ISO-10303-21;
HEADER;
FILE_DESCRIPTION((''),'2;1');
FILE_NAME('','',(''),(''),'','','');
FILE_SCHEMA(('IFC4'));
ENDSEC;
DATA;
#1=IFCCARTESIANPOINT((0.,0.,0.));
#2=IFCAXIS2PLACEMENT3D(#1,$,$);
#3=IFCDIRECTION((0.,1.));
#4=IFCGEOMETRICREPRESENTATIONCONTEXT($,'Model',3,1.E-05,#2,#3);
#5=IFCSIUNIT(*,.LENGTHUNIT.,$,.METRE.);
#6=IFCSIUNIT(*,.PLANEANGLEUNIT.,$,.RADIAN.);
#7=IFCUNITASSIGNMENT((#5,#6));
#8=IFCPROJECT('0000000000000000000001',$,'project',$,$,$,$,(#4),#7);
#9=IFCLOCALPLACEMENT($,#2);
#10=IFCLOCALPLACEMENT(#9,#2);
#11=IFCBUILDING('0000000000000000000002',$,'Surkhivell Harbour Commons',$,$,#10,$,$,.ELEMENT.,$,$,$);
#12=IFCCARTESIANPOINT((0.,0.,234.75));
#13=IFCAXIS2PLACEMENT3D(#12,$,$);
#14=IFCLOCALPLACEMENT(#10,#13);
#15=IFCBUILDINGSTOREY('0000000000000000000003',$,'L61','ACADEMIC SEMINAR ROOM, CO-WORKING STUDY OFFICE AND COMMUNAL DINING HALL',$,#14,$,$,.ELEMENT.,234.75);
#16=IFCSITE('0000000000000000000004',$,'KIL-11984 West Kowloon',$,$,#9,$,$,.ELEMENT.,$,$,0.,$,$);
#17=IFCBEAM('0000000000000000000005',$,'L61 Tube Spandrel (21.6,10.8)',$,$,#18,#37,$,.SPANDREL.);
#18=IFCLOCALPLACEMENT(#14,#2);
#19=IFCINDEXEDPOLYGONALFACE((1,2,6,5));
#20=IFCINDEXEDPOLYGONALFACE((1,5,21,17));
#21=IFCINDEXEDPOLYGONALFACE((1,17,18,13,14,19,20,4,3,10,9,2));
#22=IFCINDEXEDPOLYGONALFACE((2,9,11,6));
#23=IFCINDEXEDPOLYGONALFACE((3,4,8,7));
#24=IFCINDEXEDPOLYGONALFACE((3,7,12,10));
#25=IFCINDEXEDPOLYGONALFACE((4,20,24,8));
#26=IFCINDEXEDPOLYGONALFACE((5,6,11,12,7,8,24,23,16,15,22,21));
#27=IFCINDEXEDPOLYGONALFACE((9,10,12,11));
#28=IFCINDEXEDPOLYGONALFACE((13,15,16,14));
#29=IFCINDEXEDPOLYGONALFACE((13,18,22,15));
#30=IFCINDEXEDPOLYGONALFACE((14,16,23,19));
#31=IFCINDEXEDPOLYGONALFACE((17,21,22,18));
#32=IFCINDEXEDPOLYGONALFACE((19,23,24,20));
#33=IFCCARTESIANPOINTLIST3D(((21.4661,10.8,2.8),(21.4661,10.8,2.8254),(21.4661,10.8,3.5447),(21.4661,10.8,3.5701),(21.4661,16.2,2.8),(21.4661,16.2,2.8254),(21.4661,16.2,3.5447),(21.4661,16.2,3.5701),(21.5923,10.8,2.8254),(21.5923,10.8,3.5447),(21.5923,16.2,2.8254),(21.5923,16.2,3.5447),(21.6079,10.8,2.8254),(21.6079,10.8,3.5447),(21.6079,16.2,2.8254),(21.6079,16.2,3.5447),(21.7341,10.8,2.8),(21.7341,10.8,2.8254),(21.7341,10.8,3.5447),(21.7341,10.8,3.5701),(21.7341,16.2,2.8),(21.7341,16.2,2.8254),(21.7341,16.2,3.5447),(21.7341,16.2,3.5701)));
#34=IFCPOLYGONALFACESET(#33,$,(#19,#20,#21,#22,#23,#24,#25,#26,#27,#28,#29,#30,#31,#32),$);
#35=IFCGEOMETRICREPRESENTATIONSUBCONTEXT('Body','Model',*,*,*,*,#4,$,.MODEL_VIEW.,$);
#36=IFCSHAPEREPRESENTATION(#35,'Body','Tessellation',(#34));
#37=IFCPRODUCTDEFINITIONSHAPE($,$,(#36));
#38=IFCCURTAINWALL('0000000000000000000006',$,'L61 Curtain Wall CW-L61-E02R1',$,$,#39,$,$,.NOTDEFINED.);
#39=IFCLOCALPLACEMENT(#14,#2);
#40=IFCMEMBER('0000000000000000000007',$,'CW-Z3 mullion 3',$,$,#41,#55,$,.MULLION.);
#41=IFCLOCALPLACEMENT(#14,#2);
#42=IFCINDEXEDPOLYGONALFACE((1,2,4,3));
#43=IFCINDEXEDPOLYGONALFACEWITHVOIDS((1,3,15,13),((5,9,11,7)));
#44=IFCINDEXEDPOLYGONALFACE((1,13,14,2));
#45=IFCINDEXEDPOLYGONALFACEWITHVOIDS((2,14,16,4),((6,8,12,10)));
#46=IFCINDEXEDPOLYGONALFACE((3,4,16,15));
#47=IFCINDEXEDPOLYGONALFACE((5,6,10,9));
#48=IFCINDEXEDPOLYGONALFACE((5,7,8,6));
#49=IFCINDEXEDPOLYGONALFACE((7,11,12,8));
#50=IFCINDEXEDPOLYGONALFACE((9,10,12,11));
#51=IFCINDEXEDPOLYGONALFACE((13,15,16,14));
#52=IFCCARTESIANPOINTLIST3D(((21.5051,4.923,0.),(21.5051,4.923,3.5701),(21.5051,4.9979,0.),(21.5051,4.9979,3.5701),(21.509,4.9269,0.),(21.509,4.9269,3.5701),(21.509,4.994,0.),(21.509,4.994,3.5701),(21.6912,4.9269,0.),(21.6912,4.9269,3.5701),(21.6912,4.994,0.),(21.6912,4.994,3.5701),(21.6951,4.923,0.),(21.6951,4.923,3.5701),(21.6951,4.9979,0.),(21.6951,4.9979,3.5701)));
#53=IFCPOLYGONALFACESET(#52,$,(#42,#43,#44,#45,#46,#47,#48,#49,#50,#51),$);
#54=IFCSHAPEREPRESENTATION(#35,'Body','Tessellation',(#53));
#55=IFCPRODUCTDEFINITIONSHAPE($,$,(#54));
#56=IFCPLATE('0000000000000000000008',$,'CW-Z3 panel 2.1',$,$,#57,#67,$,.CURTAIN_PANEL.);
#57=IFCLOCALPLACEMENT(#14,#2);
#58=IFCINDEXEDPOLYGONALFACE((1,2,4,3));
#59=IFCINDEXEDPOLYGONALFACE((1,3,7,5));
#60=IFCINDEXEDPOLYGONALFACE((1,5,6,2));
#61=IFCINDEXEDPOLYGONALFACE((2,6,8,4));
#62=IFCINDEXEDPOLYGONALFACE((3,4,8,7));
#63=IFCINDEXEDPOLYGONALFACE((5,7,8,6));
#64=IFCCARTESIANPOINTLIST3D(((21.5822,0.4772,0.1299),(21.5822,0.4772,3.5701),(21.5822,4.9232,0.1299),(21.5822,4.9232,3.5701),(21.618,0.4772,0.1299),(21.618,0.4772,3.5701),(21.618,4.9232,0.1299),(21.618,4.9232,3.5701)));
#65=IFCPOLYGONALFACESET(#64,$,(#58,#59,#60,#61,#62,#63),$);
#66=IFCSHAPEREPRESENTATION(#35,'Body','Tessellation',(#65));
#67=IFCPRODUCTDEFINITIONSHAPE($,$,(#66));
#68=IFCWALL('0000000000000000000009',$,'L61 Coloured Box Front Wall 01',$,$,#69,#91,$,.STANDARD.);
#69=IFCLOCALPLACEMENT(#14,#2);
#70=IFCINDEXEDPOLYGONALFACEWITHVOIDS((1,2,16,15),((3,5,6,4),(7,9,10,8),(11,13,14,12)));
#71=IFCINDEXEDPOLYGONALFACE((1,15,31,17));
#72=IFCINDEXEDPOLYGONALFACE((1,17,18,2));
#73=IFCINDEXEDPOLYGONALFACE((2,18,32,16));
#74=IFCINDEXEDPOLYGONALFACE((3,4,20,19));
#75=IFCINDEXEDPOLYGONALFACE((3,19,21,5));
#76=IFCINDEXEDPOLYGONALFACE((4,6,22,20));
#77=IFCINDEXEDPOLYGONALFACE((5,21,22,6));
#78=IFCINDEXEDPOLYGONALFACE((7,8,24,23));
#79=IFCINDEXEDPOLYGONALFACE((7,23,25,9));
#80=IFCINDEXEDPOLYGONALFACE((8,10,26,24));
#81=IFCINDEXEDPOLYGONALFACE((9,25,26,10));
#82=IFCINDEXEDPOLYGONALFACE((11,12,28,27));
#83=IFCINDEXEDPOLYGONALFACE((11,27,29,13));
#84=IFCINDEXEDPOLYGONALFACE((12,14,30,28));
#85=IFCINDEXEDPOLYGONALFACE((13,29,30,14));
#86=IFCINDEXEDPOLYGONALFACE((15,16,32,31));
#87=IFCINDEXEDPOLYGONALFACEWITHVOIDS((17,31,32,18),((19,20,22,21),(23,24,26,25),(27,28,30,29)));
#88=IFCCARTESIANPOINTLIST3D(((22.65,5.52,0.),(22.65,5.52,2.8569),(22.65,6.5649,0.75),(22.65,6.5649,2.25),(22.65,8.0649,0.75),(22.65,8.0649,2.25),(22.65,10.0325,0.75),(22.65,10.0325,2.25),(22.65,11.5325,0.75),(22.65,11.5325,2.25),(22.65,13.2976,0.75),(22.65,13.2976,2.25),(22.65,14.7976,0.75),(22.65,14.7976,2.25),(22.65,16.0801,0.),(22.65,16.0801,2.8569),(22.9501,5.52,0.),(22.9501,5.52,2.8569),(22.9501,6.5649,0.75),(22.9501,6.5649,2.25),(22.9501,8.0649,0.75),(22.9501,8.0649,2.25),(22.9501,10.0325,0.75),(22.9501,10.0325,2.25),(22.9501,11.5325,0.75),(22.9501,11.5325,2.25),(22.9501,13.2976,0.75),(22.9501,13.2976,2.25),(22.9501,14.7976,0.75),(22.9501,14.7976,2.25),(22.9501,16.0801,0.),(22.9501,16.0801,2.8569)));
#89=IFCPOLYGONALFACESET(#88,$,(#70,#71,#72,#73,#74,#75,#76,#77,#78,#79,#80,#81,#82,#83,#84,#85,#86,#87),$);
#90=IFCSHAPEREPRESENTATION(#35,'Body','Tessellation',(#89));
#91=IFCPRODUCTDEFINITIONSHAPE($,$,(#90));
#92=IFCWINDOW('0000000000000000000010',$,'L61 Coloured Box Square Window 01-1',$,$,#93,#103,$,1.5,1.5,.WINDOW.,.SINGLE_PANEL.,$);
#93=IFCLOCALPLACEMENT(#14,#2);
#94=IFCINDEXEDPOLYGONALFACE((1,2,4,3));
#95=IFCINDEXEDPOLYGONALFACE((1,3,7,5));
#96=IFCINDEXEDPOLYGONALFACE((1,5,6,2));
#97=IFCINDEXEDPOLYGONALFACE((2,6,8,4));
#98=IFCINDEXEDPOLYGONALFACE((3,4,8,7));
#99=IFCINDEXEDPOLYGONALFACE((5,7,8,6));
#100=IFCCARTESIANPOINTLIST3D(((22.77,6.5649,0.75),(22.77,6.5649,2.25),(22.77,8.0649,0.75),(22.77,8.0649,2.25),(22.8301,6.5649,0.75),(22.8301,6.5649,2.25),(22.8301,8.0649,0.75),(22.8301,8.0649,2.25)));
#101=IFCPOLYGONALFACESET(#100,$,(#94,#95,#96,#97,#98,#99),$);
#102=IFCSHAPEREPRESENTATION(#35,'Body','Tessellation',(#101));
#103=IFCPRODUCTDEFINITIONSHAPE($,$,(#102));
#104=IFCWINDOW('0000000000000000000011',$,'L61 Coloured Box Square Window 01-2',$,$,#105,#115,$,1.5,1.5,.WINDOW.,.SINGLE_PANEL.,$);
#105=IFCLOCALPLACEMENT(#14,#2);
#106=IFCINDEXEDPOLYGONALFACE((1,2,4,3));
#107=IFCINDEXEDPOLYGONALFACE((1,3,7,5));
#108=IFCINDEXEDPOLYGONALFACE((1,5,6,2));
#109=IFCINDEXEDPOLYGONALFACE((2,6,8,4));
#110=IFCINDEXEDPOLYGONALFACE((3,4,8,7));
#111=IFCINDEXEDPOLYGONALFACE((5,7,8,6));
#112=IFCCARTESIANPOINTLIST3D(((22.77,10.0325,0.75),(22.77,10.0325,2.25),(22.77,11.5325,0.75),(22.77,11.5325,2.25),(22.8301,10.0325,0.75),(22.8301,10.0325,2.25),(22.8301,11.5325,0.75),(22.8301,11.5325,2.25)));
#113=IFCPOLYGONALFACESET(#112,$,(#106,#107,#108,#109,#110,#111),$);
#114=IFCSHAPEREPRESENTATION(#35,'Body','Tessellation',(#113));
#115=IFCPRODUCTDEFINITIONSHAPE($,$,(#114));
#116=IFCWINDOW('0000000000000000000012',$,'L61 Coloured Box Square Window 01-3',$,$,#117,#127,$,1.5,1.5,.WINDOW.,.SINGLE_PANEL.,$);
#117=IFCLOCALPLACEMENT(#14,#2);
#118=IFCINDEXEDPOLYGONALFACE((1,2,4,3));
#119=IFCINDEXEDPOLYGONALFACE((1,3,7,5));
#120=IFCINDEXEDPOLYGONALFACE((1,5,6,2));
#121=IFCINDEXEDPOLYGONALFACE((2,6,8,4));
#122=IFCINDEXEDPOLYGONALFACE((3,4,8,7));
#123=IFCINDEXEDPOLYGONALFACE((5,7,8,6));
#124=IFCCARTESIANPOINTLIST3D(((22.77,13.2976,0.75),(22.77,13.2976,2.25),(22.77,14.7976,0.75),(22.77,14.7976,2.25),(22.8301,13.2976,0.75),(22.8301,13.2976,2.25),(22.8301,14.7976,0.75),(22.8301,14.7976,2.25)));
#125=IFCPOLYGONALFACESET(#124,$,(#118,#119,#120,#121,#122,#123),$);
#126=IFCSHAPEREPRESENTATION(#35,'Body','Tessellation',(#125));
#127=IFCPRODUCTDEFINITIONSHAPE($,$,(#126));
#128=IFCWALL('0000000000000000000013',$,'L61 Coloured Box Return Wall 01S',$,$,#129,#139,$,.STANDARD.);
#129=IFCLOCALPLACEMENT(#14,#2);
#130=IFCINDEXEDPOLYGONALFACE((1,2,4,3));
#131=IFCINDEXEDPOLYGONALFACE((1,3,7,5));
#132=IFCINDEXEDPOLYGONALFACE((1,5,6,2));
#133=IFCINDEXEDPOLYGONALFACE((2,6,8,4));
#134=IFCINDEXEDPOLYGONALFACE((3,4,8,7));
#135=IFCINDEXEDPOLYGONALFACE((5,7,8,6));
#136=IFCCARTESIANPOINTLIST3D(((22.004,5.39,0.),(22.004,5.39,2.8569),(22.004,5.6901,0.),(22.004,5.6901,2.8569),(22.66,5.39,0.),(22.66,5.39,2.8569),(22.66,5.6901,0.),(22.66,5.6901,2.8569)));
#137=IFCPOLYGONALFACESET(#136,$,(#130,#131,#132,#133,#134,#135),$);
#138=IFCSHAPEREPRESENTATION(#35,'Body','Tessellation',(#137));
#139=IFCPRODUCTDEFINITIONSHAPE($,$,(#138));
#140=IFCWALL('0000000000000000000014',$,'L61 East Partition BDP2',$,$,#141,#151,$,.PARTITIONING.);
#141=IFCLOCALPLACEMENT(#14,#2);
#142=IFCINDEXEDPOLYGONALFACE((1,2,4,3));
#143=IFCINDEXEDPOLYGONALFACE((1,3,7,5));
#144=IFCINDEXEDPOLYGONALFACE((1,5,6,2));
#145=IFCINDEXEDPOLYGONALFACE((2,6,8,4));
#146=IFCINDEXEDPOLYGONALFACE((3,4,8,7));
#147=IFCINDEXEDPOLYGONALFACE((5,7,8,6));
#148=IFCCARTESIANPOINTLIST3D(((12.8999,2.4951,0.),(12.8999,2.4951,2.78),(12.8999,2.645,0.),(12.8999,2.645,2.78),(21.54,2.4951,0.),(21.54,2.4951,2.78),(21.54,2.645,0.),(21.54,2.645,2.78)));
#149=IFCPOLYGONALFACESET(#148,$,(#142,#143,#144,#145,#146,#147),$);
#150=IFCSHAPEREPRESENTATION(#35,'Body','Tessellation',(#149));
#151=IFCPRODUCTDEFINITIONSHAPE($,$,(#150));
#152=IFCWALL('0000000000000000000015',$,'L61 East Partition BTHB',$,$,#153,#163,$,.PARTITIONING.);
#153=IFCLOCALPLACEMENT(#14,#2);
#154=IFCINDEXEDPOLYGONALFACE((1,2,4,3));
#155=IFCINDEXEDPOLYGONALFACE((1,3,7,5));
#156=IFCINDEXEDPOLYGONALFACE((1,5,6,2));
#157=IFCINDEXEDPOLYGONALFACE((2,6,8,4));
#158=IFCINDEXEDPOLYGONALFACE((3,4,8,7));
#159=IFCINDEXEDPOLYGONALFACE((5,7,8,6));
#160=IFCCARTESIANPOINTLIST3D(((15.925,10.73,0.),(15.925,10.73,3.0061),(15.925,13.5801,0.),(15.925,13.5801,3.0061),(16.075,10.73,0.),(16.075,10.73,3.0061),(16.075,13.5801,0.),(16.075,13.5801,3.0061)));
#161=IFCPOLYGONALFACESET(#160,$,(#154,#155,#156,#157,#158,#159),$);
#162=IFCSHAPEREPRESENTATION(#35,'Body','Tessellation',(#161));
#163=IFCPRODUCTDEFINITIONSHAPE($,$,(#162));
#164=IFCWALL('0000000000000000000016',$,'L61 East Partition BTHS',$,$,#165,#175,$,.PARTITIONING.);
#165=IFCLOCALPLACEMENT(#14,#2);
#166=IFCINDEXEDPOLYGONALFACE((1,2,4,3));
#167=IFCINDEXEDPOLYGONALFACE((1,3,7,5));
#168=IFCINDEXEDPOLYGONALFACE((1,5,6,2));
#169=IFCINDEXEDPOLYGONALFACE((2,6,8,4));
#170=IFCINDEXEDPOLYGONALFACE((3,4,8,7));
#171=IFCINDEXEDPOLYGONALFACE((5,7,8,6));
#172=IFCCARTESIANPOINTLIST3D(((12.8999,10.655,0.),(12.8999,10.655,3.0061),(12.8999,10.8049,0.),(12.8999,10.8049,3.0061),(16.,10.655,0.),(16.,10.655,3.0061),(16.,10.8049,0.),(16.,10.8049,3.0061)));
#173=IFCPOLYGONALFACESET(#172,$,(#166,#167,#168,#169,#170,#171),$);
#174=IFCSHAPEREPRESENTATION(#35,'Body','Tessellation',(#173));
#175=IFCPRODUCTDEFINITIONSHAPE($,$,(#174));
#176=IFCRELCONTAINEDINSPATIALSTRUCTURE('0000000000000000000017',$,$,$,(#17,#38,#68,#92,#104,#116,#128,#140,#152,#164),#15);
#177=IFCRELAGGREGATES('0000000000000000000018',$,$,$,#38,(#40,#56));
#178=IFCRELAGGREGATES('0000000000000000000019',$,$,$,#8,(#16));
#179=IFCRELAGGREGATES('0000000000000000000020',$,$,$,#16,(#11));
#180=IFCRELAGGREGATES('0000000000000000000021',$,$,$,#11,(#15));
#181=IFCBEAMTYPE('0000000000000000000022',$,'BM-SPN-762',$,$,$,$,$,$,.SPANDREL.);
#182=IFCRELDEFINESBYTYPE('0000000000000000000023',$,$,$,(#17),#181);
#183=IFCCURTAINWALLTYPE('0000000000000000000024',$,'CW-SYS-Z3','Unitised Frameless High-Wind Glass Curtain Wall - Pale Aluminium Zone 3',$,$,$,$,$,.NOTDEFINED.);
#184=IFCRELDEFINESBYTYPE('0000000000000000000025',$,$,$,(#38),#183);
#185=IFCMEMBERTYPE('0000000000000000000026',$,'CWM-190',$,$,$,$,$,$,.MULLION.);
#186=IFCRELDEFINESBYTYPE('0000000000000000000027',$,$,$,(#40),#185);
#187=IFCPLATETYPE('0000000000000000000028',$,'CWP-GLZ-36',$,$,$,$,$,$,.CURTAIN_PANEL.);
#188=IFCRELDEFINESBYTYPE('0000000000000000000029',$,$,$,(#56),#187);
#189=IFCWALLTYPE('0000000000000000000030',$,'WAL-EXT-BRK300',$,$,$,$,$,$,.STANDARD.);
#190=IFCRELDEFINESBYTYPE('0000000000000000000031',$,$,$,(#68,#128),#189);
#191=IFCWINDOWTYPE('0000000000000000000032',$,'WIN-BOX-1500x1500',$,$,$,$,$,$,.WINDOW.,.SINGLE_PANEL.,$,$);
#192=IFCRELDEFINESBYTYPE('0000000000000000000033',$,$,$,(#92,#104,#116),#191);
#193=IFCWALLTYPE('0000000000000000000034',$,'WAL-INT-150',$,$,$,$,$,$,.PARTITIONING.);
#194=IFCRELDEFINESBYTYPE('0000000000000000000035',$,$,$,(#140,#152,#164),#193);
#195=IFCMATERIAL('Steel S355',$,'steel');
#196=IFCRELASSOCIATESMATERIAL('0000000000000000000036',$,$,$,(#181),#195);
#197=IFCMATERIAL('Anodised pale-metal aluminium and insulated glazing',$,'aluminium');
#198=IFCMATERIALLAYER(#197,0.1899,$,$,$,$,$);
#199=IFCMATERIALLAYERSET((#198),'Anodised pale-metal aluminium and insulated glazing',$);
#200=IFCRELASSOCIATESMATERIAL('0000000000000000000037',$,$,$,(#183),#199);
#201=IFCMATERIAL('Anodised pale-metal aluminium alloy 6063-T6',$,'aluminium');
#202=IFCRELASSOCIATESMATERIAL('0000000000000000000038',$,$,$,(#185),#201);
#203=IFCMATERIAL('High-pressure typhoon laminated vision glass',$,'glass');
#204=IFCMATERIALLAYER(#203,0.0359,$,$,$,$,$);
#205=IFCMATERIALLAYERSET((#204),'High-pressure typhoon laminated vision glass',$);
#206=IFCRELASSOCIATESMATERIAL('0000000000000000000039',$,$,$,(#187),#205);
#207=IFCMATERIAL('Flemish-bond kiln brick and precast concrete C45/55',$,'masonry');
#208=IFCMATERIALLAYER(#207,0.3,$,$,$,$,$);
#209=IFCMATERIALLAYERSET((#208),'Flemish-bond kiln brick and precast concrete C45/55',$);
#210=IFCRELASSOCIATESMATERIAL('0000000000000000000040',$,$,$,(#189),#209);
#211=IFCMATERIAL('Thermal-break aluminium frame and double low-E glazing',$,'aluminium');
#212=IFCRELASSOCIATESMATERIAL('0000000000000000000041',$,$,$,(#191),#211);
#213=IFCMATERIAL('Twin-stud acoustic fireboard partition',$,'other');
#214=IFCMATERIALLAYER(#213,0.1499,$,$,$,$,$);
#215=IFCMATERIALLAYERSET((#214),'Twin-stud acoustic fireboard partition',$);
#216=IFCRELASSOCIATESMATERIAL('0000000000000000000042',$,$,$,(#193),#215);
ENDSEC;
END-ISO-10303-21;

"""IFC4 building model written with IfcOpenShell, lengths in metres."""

from ifc_helpers import new_model, si_unit, direction, frame, frame_2d, origin, origin_2d, place, context, subcontext, project, spatial, rectangle, hollow_rectangle, i_section, extrude, material, layer, layer_set, material_profile, profile_set, type_object, element, fill, aggregate, save


model = new_model("IFC4")

# Units and contexts
model_context = context("Model", 3, precision=1e-05, world=origin(), true_north=direction((0.0, 1.0)))
body_context = subcontext(model_context, "Body", "Model", "MODEL_VIEW")
ifc_project = project(units=[si_unit("LENGTHUNIT", "METRE"), si_unit("PLANEANGLEUNIT", "RADIAN")], contexts=[model_context])

# Site, building, storey
site_placement = place(None, origin())
site = spatial("IfcSite", under=ifc_project, at=site_placement, Name="KIL-11984 West Kowloon", CompositionType="ELEMENT", RefElevation=0.0)
building_placement = place(site_placement, origin())
building = spatial("IfcBuilding", under=site, at=building_placement, Name="Surkhivell Harbour Commons", CompositionType="ELEMENT")
storey_placement = place(building_placement, frame((0.0, 0.0, 234.75)))
storey = spatial("IfcBuildingStorey", under=building, at=storey_placement, Name="L61", Description="ACADEMIC SEMINAR ROOM, CO-WORKING STUDY OFFICE AND COMMUNAL DINING HALL", CompositionType="ELEMENT", Elevation=234.75)

# Beam
ifc_material_1 = material(Name="Steel S355", Category="steel")
ifc_material_profile_1 = material_profile(ifc_material_1, i_section(OverallWidth=0.2681, OverallDepth=0.77, WebThickness=0.0156, FlangeThickness=0.0254, at=origin_2d()), Name="UB762x267x197")
ifc_profile_set_1 = profile_set([ifc_material_profile_1], Name="Steel S355")
beam_type_1 = type_object("IfcBeamType", Name="BM-SPN-762", PredefinedType="SPANDREL", material=ifc_profile_set_1)
beam_1_placement = place(storey_placement, frame((21.6001, 10.8, 3.1851), z_axis=(0.0, 1.0, 0.0), x_axis=(-1.0, 0.0, 0.0)))
element("IfcBeam", 1, at=beam_1_placement, inside=storey, type_object=beam_type_1, Name="L61 Tube Spandrel (21.6,10.8)", PredefinedType="SPANDREL", context=body_context, shape_type="SweptSolid", body=[
    extrude(i_section(OverallWidth=0.2681, OverallDepth=0.77, WebThickness=0.0156, FlangeThickness=0.0254, at=origin_2d()), origin(), (0.0, 0.0, 1.0), 5.3999),
])

# Curtain wall, member, plate
ifc_material_2 = material(Name="Anodised pale-metal aluminium and insulated glazing", Category="aluminium")
ifc_layer_1 = layer(ifc_material_2, 0.1899)
ifc_layer_set_1 = layer_set([ifc_layer_1], Name="Anodised pale-metal aluminium and insulated glazing")
curtain_wall_type = type_object("IfcCurtainWallType", Name="CW-SYS-Z3", Description="Unitised Frameless High-Wind Glass Curtain Wall - Pale Aluminium Zone 3", PredefinedType="NOTDEFINED", material=ifc_layer_set_1)
curtain_wall_placement = place(storey_placement, origin())
curtain_wall = element("IfcCurtainWall", 2, at=curtain_wall_placement, inside=storey, type_object=curtain_wall_type, Name="L61 Curtain Wall CW-L61-E02R1", PredefinedType="NOTDEFINED")
ifc_material_3 = material(Name="Anodised pale-metal aluminium alloy 6063-T6", Category="aluminium")
ifc_material_profile_2 = material_profile(ifc_material_3, hollow_rectangle(XDim=0.075, YDim=0.1899, WallThickness=0.0039, at=origin_2d()), Name="ALU-MULL-75x190")
ifc_profile_set_2 = profile_set([ifc_material_profile_2], Name="Anodised pale-metal aluminium alloy 6063-T6")
member_type = type_object("IfcMemberType", Name="CWM-190", PredefinedType="MULLION", material=ifc_profile_set_2)
member_placement = place(storey_placement, frame((21.6001, 4.9604, 0.0), z_axis=(0.0, 0.0, 1.0), x_axis=(0.0, 1.0, 0.0)))
member = element("IfcMember", 3, at=member_placement, type_object=member_type, Name="CW-Z3 mullion 3", PredefinedType="MULLION", context=body_context, shape_type="SweptSolid", body=[
    extrude(hollow_rectangle(XDim=0.075, YDim=0.1899, WallThickness=0.0039, at=origin_2d()), origin(), (0.0, 0.0, 1.0), 3.5701),
])
ifc_material_4 = material(Name="High-pressure typhoon laminated vision glass", Category="glass")
ifc_layer_2 = layer(ifc_material_4, 0.0359)
ifc_layer_set_2 = layer_set([ifc_layer_2], Name="High-pressure typhoon laminated vision glass")
plate_type = type_object("IfcPlateType", Name="CWP-GLZ-36", PredefinedType="CURTAIN_PANEL", material=ifc_layer_set_2)
plate_placement = place(storey_placement, frame((21.6001, 0.4771, 0.1299), z_axis=(0.0, 0.0, 1.0), x_axis=(0.0, 1.0, 0.0)))
plate = element("IfcPlate", 4, at=plate_placement, type_object=plate_type, Name="CW-Z3 panel 2.1", PredefinedType="CURTAIN_PANEL", context=body_context, shape_type="SweptSolid", body=[
    extrude(rectangle(XDim=4.446, YDim=0.0359, at=frame_2d((2.2231, 0.0))), origin(), (0.0, 0.0, 1.0), 3.4402),
])
aggregate(curtain_wall, [member, plate])

# Wall, openings, windows
ifc_material_5 = material(Name="Flemish-bond kiln brick and precast concrete C45/55", Category="masonry")
ifc_layer_3 = layer(ifc_material_5, 0.3)
ifc_layer_set_3 = layer_set([ifc_layer_3], Name="Flemish-bond kiln brick and precast concrete C45/55")
wall_type_1 = type_object("IfcWallType", Name="WAL-EXT-BRK300", PredefinedType="STANDARD", material=ifc_layer_set_3)
wall_1_placement = place(storey_placement, frame((22.8, 5.52, 0.0), z_axis=(0.0, 0.0, 1.0), x_axis=(0.0, 1.0, 0.0)))
wall_1 = element("IfcWall", 5, at=wall_1_placement, inside=storey, type_object=wall_type_1, Name="L61 Coloured Box Front Wall 01", PredefinedType="STANDARD", context=body_context, shape_type="SweptSolid", body=[
    extrude(rectangle(XDim=10.5601, YDim=0.3, at=frame_2d((5.28, 0.0))), origin(), (0.0, 0.0, 1.0), 2.8569),
])
opening_1_placement = place(wall_1_placement, frame((1.0449, 0.0, 0.75)))
opening_1 = element("IfcOpeningElement", 6, at=opening_1_placement, cuts=wall_1, PredefinedType="OPENING", context=body_context, shape_type="SweptSolid", body=[
    extrude(rectangle(XDim=1.5, YDim=1.5, at=frame_2d((0.75, 0.75))), frame((0.0, 0.1599, 0.0), z_axis=(0.0, -1.0, 0.0), x_axis=(1.0, 0.0, 0.0)), (0.0, 0.0, 1.0), 0.3201),
])
opening_2_placement = place(wall_1_placement, frame((4.5125, 0.0, 0.75)))
opening_2 = element("IfcOpeningElement", 7, at=opening_2_placement, cuts=wall_1, PredefinedType="OPENING", context=body_context, shape_type="SweptSolid", body=[
    extrude(rectangle(XDim=1.5, YDim=1.5, at=frame_2d((0.75, 0.75))), frame((0.0, 0.1599, 0.0), z_axis=(0.0, -1.0, 0.0), x_axis=(1.0, 0.0, 0.0)), (0.0, 0.0, 1.0), 0.3201),
])
opening_3_placement = place(wall_1_placement, frame((7.7776, 0.0, 0.75)))
opening_3 = element("IfcOpeningElement", 8, at=opening_3_placement, cuts=wall_1, PredefinedType="OPENING", context=body_context, shape_type="SweptSolid", body=[
    extrude(rectangle(XDim=1.5, YDim=1.5, at=frame_2d((0.75, 0.75))), frame((0.0, 0.1599, 0.0), z_axis=(0.0, -1.0, 0.0), x_axis=(1.0, 0.0, 0.0)), (0.0, 0.0, 1.0), 0.3201),
])
ifc_material_6 = material(Name="Thermal-break aluminium frame and double low-E glazing", Category="aluminium")
window_type = type_object("IfcWindowType", Name="WIN-BOX-1500x1500", PartitioningType="SINGLE_PANEL", PredefinedType="WINDOW", material=ifc_material_6)
window_1_placement = place(opening_1_placement, origin())
window_1 = element("IfcWindow", 9, at=window_1_placement, inside=storey, type_object=window_type, Name="L61 Coloured Box Square Window 01-1", OverallHeight=1.5, OverallWidth=1.5, PartitioningType="SINGLE_PANEL", PredefinedType="WINDOW", context=body_context, shape_type="SweptSolid", body=[
    extrude(rectangle(XDim=1.5, YDim=1.5, at=frame_2d((0.75, 0.75))), frame((0.0, 0.03, 0.0), z_axis=(0.0, -1.0, 0.0), x_axis=(1.0, 0.0, 0.0)), (0.0, 0.0, 1.0), 0.0601),
])
fill(opening_1, window_1)
window_2_placement = place(opening_2_placement, origin())
window_2 = element("IfcWindow", 10, at=window_2_placement, inside=storey, type_object=window_type, Name="L61 Coloured Box Square Window 01-2", OverallHeight=1.5, OverallWidth=1.5, PartitioningType="SINGLE_PANEL", PredefinedType="WINDOW", context=body_context, shape_type="SweptSolid", body=[
    extrude(rectangle(XDim=1.5, YDim=1.5, at=frame_2d((0.75, 0.75))), frame((0.0, 0.03, 0.0), z_axis=(0.0, -1.0, 0.0), x_axis=(1.0, 0.0, 0.0)), (0.0, 0.0, 1.0), 0.0601),
])
fill(opening_2, window_2)
window_3_placement = place(opening_3_placement, origin())
window_3 = element("IfcWindow", 11, at=window_3_placement, inside=storey, type_object=window_type, Name="L61 Coloured Box Square Window 01-3", OverallHeight=1.5, OverallWidth=1.5, PartitioningType="SINGLE_PANEL", PredefinedType="WINDOW", context=body_context, shape_type="SweptSolid", body=[
    extrude(rectangle(XDim=1.5, YDim=1.5, at=frame_2d((0.75, 0.75))), frame((0.0, 0.03, 0.0), z_axis=(0.0, -1.0, 0.0), x_axis=(1.0, 0.0, 0.0)), (0.0, 0.0, 1.0), 0.0601),
])
fill(opening_3, window_3)

# Walls
wall_2_placement = place(storey_placement, frame((22.0039, 5.54, 0.0), z_axis=(0.0, 0.0, 1.0), x_axis=(1.0, 0.0, 0.0)))
element("IfcWall", 12, at=wall_2_placement, inside=storey, type_object=wall_type_1, Name="L61 Coloured Box Return Wall 01S", PredefinedType="STANDARD", context=body_context, shape_type="SweptSolid", body=[
    extrude(rectangle(XDim=0.656, YDim=0.3, at=frame_2d((0.3281, 0.0))), origin(), (0.0, 0.0, 1.0), 2.8569),
])
ifc_material_7 = material(Name="Twin-stud acoustic fireboard partition", Category="other")
ifc_layer_4 = layer(ifc_material_7, 0.1499)
ifc_layer_set_4 = layer_set([ifc_layer_4], Name="Twin-stud acoustic fireboard partition")
wall_type_2 = type_object("IfcWallType", Name="WAL-INT-150", PredefinedType="PARTITIONING", material=ifc_layer_set_4)
wall_3_placement = place(storey_placement, frame((12.8999, 2.5701, 0.0), z_axis=(0.0, 0.0, 1.0), x_axis=(1.0, 0.0, 0.0)))
element("IfcWall", 13, at=wall_3_placement, inside=storey, type_object=wall_type_2, Name="L61 East Partition BDP2", PredefinedType="PARTITIONING", context=body_context, shape_type="SweptSolid", body=[
    extrude(rectangle(XDim=8.6401, YDim=0.1499, at=frame_2d((4.3201, 0.0))), origin(), (0.0, 0.0, 1.0), 2.78),
])
wall_4_placement = place(storey_placement, frame((16.0, 10.73, 0.0), z_axis=(0.0, 0.0, 1.0), x_axis=(0.0, 1.0, 0.0)))
element("IfcWall", 14, at=wall_4_placement, inside=storey, type_object=wall_type_2, Name="L61 East Partition BTHB", PredefinedType="PARTITIONING", context=body_context, shape_type="SweptSolid", body=[
    extrude(rectangle(XDim=2.8501, YDim=0.1499, at=frame_2d((1.425, 0.0))), origin(), (0.0, 0.0, 1.0), 3.0061),
])
wall_5_placement = place(storey_placement, frame((12.8999, 10.73, 0.0), z_axis=(0.0, 0.0, 1.0), x_axis=(1.0, 0.0, 0.0)))
element("IfcWall", 15, at=wall_5_placement, inside=storey, type_object=wall_type_2, Name="L61 East Partition BTHS", PredefinedType="PARTITIONING", context=body_context, shape_type="SweptSolid", body=[
    extrude(rectangle(XDim=3.1001, YDim=0.1499, at=frame_2d((1.55, 0.0))), origin(), (0.0, 0.0, 1.0), 3.0061),
])

save(model, "model.ifc")
